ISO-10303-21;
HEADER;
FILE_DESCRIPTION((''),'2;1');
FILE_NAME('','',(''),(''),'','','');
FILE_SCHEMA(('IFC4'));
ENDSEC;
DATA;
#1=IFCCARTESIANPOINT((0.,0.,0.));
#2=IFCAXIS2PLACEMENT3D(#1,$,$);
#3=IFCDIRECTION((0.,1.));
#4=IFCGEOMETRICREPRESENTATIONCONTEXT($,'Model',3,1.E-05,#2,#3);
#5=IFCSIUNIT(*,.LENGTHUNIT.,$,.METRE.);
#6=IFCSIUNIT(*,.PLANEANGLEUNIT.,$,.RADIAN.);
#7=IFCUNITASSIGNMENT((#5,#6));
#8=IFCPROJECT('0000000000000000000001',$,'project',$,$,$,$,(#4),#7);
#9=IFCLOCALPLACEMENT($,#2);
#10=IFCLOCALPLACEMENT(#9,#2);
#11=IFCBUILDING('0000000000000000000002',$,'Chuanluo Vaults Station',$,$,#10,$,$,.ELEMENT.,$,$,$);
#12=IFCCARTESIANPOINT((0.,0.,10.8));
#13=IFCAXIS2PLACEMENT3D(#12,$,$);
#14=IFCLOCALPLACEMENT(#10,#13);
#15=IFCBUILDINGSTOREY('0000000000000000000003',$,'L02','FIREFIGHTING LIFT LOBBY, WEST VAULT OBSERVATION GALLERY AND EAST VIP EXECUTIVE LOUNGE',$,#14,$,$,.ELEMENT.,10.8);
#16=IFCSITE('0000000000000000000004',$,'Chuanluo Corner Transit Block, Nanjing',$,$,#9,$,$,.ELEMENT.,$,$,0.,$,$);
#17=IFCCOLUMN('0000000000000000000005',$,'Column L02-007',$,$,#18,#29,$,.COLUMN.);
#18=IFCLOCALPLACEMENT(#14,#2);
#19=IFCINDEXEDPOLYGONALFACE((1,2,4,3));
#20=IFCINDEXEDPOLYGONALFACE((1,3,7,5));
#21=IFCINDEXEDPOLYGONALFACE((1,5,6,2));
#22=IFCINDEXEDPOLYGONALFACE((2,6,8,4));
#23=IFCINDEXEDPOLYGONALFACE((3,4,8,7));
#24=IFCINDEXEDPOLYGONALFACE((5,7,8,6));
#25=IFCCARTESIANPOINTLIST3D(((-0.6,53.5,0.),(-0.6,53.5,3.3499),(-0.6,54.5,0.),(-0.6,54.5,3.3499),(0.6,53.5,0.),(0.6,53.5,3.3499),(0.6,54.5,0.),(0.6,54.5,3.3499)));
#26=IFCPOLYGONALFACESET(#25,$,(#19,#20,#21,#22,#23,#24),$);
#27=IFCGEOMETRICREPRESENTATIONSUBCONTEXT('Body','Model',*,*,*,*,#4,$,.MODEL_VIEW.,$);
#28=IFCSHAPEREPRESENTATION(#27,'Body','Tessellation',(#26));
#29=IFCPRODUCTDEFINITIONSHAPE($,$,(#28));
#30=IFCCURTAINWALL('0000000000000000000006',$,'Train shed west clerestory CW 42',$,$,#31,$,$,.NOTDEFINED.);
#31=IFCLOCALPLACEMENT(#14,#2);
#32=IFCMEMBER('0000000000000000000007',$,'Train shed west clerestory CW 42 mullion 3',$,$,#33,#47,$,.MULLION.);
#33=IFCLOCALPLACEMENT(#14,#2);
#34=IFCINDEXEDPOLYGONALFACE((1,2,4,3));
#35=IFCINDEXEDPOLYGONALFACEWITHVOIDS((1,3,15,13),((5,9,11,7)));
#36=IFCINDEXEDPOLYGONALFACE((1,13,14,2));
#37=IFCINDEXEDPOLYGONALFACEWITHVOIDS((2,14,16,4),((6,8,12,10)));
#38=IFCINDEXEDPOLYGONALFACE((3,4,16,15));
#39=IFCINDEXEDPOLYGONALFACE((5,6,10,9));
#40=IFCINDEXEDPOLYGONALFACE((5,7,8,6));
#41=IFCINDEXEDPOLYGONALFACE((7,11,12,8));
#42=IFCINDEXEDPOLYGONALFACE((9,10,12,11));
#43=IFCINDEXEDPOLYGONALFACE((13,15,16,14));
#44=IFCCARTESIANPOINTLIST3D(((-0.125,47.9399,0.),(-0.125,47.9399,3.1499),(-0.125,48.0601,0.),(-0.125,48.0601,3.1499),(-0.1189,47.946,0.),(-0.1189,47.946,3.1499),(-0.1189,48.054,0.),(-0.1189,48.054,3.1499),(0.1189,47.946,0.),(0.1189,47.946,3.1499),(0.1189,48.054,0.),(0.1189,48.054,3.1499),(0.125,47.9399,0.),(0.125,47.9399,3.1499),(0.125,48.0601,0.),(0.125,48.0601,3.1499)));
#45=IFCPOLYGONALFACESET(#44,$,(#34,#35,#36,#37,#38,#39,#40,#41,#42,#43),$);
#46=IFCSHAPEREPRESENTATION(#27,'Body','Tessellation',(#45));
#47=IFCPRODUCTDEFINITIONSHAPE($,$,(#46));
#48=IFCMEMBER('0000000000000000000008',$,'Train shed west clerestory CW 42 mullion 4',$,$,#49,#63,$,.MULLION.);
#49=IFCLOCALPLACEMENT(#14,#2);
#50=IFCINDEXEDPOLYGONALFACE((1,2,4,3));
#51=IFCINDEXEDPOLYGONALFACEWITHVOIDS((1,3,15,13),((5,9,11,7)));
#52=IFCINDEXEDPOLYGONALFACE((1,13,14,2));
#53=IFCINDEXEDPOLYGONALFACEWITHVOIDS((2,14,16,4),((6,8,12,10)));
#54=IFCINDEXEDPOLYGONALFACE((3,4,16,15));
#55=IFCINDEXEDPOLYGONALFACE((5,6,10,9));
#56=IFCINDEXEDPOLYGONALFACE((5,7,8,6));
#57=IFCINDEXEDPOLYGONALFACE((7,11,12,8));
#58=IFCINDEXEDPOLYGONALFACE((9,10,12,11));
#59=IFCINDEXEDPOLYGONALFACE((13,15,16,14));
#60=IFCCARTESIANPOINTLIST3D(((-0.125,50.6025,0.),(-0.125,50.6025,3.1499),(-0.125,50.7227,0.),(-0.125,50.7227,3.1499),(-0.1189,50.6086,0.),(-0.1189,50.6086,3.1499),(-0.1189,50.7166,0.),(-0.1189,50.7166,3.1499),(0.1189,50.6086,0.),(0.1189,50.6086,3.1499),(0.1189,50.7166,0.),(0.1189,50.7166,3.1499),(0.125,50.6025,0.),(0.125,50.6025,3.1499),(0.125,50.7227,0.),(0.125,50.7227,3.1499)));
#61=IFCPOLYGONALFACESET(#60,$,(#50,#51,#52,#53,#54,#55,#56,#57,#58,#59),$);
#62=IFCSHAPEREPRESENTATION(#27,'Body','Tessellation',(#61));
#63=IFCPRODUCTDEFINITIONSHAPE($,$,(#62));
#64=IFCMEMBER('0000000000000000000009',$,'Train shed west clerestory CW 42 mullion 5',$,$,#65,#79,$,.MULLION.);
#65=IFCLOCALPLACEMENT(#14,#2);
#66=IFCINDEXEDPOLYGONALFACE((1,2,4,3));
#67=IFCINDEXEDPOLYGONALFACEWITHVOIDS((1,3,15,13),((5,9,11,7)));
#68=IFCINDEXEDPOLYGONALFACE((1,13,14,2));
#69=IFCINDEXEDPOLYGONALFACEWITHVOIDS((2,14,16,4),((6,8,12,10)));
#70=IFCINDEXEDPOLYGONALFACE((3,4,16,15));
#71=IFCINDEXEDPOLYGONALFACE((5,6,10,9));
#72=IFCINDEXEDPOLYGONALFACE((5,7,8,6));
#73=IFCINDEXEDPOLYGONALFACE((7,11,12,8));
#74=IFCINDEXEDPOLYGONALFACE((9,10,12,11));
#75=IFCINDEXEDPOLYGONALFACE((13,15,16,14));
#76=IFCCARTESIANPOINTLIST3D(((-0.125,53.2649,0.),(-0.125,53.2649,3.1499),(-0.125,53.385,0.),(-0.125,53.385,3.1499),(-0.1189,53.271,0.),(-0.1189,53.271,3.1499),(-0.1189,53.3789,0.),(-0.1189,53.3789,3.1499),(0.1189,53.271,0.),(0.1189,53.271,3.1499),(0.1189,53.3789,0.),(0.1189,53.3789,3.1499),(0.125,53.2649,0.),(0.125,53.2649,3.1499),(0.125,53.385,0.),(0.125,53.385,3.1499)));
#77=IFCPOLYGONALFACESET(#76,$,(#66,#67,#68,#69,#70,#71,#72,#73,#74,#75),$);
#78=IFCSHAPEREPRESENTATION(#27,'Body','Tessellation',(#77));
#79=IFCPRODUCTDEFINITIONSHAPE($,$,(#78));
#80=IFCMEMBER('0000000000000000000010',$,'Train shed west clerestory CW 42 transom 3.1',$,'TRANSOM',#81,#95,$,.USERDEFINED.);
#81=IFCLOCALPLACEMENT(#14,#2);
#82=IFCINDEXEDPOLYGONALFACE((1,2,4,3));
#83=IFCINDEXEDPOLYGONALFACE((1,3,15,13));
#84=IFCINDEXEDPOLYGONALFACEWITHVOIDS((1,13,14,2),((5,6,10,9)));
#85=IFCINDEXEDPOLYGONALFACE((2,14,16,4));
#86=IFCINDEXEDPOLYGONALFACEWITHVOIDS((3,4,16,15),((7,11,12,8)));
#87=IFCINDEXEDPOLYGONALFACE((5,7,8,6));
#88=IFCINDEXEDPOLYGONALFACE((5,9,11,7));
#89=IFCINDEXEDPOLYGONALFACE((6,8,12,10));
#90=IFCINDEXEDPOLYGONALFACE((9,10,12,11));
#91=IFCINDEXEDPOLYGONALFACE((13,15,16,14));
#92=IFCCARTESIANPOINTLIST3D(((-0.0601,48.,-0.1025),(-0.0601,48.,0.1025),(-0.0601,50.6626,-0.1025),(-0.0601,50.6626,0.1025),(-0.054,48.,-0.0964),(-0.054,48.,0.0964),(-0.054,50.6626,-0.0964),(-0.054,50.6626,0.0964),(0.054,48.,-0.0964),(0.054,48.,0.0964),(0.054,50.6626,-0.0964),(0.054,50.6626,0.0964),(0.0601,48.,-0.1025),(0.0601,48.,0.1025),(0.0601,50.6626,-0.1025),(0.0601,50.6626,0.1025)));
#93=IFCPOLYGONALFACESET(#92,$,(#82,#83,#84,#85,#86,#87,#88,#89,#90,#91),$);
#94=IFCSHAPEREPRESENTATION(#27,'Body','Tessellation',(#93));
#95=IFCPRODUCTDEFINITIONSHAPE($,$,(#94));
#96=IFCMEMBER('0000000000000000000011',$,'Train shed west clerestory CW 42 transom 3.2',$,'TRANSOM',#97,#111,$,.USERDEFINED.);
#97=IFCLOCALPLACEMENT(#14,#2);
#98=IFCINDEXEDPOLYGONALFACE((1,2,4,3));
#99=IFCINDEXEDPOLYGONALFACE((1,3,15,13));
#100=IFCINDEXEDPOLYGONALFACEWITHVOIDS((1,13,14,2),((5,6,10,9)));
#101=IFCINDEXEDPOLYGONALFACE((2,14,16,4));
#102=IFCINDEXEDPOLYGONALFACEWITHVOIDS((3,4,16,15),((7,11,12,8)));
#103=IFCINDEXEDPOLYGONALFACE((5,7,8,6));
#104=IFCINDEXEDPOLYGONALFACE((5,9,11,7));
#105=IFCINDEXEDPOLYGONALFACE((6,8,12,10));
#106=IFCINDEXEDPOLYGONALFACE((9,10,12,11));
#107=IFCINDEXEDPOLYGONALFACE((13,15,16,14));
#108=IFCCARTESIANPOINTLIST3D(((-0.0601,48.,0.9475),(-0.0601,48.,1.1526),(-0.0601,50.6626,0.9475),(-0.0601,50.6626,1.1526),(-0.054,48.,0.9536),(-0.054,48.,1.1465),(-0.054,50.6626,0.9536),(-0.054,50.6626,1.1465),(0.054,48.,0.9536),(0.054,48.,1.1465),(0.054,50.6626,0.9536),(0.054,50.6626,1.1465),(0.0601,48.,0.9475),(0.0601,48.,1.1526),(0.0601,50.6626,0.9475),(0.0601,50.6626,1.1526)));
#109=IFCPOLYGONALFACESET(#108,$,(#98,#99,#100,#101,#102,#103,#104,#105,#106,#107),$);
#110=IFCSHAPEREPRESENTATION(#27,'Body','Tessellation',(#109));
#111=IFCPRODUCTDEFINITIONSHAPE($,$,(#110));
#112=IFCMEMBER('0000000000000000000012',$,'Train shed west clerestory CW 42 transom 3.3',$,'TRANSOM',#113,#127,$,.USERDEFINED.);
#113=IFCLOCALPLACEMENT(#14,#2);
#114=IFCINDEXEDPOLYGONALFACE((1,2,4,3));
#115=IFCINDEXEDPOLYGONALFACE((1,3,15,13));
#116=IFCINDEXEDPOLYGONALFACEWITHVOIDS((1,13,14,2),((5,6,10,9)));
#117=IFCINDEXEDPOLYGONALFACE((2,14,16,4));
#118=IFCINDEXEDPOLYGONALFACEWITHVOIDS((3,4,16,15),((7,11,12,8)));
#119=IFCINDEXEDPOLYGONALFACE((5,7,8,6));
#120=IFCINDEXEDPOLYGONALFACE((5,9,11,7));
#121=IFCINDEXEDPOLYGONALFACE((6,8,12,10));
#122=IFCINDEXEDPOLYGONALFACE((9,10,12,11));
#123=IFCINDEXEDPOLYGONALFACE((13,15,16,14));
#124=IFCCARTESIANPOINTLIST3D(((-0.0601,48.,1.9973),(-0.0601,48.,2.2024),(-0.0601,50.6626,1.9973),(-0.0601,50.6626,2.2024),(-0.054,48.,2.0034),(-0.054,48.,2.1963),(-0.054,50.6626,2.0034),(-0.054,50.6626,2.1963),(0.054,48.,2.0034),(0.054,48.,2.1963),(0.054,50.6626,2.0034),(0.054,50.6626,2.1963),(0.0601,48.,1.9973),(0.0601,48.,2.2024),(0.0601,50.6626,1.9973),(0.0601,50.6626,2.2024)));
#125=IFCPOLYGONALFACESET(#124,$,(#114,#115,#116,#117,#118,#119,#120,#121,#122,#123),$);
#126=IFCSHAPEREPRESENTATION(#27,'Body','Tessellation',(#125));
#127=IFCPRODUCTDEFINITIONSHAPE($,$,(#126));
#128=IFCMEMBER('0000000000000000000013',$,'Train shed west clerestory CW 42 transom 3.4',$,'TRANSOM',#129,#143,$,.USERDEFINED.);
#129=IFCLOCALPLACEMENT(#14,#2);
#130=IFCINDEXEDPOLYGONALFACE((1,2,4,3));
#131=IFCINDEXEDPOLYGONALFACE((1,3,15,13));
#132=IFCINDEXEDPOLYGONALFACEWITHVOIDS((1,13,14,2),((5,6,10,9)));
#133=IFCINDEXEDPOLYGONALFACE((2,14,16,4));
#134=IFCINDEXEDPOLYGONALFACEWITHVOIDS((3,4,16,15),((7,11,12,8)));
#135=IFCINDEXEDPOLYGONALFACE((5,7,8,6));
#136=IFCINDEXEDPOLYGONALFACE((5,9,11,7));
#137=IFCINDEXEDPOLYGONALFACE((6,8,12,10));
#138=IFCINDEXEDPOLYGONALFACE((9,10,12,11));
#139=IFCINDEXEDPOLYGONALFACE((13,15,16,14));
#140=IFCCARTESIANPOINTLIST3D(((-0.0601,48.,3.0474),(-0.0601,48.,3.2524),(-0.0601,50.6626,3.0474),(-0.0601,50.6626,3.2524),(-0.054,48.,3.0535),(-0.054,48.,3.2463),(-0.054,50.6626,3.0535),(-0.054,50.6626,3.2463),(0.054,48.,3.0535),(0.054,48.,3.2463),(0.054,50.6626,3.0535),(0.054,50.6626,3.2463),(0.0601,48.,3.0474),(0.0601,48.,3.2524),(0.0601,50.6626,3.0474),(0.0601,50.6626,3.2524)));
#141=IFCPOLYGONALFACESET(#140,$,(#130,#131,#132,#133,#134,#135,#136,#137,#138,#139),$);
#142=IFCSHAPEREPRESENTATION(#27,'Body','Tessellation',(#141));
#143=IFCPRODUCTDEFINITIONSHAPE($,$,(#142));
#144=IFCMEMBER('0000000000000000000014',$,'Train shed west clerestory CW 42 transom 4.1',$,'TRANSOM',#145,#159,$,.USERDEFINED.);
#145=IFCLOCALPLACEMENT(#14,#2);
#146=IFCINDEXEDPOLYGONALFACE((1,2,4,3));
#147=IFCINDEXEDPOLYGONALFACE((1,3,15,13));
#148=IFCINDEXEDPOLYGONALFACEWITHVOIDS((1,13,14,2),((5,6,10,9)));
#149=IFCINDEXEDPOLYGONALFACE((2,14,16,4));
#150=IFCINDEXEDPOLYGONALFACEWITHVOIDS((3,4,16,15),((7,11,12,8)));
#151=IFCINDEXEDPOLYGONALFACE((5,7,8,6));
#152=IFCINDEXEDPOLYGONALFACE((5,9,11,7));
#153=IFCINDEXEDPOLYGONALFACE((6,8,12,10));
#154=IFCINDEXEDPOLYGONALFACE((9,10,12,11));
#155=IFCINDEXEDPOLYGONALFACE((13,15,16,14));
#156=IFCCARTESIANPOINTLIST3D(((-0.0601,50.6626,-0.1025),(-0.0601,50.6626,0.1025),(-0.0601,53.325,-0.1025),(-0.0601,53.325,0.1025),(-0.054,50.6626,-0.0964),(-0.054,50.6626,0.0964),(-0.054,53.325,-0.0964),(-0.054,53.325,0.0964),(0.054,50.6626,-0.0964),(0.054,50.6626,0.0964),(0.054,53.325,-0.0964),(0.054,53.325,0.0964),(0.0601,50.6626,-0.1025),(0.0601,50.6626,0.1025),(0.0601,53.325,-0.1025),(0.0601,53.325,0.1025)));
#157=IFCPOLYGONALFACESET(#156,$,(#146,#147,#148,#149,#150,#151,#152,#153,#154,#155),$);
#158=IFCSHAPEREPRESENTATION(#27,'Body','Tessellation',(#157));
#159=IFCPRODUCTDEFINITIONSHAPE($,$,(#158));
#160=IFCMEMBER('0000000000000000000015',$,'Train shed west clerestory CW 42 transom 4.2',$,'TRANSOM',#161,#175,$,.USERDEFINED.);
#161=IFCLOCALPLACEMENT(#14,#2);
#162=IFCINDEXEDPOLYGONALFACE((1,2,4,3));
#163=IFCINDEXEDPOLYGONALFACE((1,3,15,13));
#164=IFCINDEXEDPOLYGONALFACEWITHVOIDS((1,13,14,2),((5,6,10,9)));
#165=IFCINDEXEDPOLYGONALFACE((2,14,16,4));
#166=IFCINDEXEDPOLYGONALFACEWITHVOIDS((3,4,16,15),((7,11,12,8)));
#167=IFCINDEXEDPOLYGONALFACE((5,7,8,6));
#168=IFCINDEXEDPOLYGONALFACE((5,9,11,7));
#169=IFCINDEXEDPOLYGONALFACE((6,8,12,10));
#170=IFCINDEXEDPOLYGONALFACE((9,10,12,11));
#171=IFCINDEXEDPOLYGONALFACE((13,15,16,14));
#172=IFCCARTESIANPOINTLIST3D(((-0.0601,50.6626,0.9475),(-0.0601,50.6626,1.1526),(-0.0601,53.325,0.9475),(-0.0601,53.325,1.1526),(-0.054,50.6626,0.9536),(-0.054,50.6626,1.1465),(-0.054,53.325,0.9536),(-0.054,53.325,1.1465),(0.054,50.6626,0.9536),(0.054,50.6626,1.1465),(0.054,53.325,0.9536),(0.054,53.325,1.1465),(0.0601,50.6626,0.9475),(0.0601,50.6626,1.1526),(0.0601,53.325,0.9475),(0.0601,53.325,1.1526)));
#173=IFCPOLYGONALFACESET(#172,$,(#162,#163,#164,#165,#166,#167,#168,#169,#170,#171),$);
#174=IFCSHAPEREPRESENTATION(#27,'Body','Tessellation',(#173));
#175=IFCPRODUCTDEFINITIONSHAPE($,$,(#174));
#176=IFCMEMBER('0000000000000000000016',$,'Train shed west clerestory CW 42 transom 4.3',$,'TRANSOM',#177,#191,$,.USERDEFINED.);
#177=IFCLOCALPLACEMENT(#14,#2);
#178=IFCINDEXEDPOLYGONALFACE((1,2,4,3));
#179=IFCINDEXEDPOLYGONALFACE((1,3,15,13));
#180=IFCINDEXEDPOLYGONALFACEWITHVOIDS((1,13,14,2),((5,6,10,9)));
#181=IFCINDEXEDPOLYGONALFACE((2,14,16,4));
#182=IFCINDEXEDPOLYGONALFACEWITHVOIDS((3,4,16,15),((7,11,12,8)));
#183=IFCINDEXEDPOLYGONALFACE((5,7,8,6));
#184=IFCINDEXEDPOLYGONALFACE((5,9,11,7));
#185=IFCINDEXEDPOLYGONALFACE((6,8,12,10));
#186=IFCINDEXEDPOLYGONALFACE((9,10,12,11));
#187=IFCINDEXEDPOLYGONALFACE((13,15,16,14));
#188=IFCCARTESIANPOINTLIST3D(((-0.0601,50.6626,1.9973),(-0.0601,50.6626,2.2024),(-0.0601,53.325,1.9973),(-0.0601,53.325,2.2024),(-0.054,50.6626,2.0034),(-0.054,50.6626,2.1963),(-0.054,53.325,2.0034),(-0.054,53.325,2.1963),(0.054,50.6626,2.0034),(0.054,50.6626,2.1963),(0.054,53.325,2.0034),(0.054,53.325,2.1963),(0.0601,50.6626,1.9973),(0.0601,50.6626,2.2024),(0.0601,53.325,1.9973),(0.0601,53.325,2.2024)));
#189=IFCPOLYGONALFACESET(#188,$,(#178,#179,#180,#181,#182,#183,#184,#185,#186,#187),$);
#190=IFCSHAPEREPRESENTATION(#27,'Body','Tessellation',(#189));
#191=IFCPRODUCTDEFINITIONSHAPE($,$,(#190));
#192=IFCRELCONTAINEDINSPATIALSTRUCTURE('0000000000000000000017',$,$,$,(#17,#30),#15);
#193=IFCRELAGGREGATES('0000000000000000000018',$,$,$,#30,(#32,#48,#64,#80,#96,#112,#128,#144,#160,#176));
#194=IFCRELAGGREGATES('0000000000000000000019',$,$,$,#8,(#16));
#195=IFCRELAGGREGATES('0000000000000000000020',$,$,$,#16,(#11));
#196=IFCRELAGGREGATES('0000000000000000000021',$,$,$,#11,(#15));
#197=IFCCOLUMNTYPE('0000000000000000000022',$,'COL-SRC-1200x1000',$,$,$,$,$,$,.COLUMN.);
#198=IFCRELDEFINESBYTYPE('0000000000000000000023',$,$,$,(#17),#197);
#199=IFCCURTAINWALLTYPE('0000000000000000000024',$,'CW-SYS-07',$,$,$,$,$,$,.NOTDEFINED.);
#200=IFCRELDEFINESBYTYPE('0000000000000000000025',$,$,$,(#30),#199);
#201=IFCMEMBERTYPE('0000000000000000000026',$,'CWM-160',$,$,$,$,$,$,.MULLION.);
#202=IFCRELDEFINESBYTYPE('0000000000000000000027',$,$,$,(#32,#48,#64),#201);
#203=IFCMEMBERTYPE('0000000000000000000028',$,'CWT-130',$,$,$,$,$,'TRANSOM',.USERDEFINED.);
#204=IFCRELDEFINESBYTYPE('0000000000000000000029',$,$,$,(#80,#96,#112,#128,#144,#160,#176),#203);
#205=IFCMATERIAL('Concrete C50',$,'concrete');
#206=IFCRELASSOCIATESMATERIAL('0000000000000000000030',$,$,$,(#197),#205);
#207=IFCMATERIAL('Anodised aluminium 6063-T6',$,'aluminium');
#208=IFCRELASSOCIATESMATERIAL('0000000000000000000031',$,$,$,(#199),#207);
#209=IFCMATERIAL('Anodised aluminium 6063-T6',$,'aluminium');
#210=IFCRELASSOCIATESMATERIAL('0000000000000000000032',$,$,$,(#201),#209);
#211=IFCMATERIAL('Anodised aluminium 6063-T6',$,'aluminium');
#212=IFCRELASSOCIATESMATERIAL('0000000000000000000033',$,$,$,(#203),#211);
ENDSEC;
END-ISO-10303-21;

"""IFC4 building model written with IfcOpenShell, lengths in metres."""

from ifc_helpers import new_model, si_unit, direction, frame, origin, origin_2d, place, context, subcontext, project, spatial, rectangle, hollow_rectangle, extrude, material, material_profile, profile_set, type_object, element, aggregate, save


model = new_model("IFC4")

# Units and contexts
model_context = context("Model", 3, precision=1e-05, world=origin(), true_north=direction((0.0, 1.0)))
body_context = subcontext(model_context, "Body", "Model", "MODEL_VIEW")
ifc_project = project(units=[si_unit("LENGTHUNIT", "METRE"), si_unit("PLANEANGLEUNIT", "RADIAN")], contexts=[model_context])

# Site, building, storey
site_placement = place(None, origin())
site = spatial("IfcSite", under=ifc_project, at=site_placement, Name="Chuanluo Corner Transit Block, Nanjing", CompositionType="ELEMENT", RefElevation=0.0)
building_placement = place(site_placement, origin())
building = spatial("IfcBuilding", under=site, at=building_placement, Name="Chuanluo Vaults Station", CompositionType="ELEMENT")
storey_placement = place(building_placement, frame((0.0, 0.0, 10.8)))
storey = spatial("IfcBuildingStorey", under=building, at=storey_placement, Name="L02", Description="FIREFIGHTING LIFT LOBBY, WEST VAULT OBSERVATION GALLERY AND EAST VIP EXECUTIVE LOUNGE", CompositionType="ELEMENT", Elevation=10.8)

# Column
ifc_material_1 = material(Name="Concrete C50", Category="concrete")
ifc_material_profile_1 = material_profile(ifc_material_1, rectangle(XDim=1.2, YDim=1.0, at=origin_2d()))
ifc_profile_set_1 = profile_set([ifc_material_profile_1], Name="Concrete C50")
column_type = type_object("IfcColumnType", Name="COL-SRC-1200x1000", PredefinedType="COLUMN", material=ifc_profile_set_1)
column_placement = place(storey_placement, frame((0.0, 54.0, 0.0), z_axis=(0.0, 0.0, 1.0), x_axis=(1.0, 0.0, 0.0)))
element("IfcColumn", 1, at=column_placement, inside=storey, type_object=column_type, Name="Column L02-007", PredefinedType="COLUMN", context=body_context, shape_type="SweptSolid", body=[
    extrude(rectangle(XDim=1.2, YDim=1.0, at=origin_2d()), origin(), (0.0, 0.0, 1.0), 3.3499),
])

# Curtain wall, members
ifc_material_2 = material(Name="Anodised aluminium 6063-T6", Category="aluminium")
curtain_wall_type = type_object("IfcCurtainWallType", Name="CW-SYS-07", PredefinedType="NOTDEFINED", material=ifc_material_2)
curtain_wall_placement = place(storey_placement, origin())
curtain_wall = element("IfcCurtainWall", 2, at=curtain_wall_placement, inside=storey, type_object=curtain_wall_type, Name="Train shed west clerestory CW 42", PredefinedType="NOTDEFINED")
ifc_material_3 = material(Name="Anodised aluminium 6063-T6", Category="aluminium")
ifc_material_profile_2 = material_profile(ifc_material_3, hollow_rectangle(XDim=0.1201, YDim=0.25, WallThickness=0.0061, at=origin_2d()))
ifc_profile_set_2 = profile_set([ifc_material_profile_2], Name="Anodised aluminium 6063-T6")
member_type_1 = type_object("IfcMemberType", Name="CWM-160", PredefinedType="MULLION", material=ifc_profile_set_2)
member_1_placement = place(storey_placement, frame((0.0, 48.0, 0.0), z_axis=(0.0, 0.0, 1.0), x_axis=(0.0, 1.0, 0.0)))
member_1 = element("IfcMember", 3, at=member_1_placement, type_object=member_type_1, Name="Train shed west clerestory CW 42 mullion 3", PredefinedType="MULLION", context=body_context, shape_type="SweptSolid", body=[
    extrude(hollow_rectangle(XDim=0.1201, YDim=0.25, WallThickness=0.0061, at=origin_2d()), origin(), (0.0, 0.0, 1.0), 3.1499),
])
member_2_placement = place(storey_placement, frame((0.0, 50.6626, 0.0), z_axis=(0.0, 0.0, 1.0), x_axis=(0.0, 1.0, 0.0)))
member_2 = element("IfcMember", 4, at=member_2_placement, type_object=member_type_1, Name="Train shed west clerestory CW 42 mullion 4", PredefinedType="MULLION", context=body_context, shape_type="SweptSolid", body=[
    extrude(hollow_rectangle(XDim=0.1201, YDim=0.25, WallThickness=0.0061, at=origin_2d()), origin(), (0.0, 0.0, 1.0), 3.1499),
])
member_3_placement = place(storey_placement, frame((0.0, 53.325, 0.0), z_axis=(0.0, 0.0, 1.0), x_axis=(0.0, 1.0, 0.0)))
member_3 = element("IfcMember", 5, at=member_3_placement, type_object=member_type_1, Name="Train shed west clerestory CW 42 mullion 5", PredefinedType="MULLION", context=body_context, shape_type="SweptSolid", body=[
    extrude(hollow_rectangle(XDim=0.1201, YDim=0.25, WallThickness=0.0061, at=origin_2d()), origin(), (0.0, 0.0, 1.0), 3.1499),
])
ifc_material_4 = material(Name="Anodised aluminium 6063-T6", Category="aluminium")
ifc_material_profile_3 = material_profile(ifc_material_4, hollow_rectangle(XDim=0.1201, YDim=0.2051, WallThickness=0.0061, at=origin_2d()))
ifc_profile_set_3 = profile_set([ifc_material_profile_3], Name="Anodised aluminium 6063-T6")
member_type_2 = type_object("IfcMemberType", Name="CWT-130", ElementType="TRANSOM", PredefinedType="USERDEFINED", material=ifc_profile_set_3)
member_4_placement = place(storey_placement, frame((0.0, 48.0, 0.0), z_axis=(0.0, 1.0, 0.0), x_axis=(-1.0, 0.0, 0.0)))
member_4 = element("IfcMember", 6, at=member_4_placement, type_object=member_type_2, Name="Train shed west clerestory CW 42 transom 3.1", ObjectType="TRANSOM", PredefinedType="USERDEFINED", context=body_context, shape_type="SweptSolid", body=[
    extrude(hollow_rectangle(XDim=0.1201, YDim=0.2051, WallThickness=0.0061, at=origin_2d()), origin(), (0.0, 0.0, 1.0), 2.6626),
])
member_5_placement = place(storey_placement, frame((0.0, 48.0, 1.05), z_axis=(0.0, 1.0, 0.0), x_axis=(-1.0, 0.0, 0.0)))
member_5 = element("IfcMember", 7, at=member_5_placement, type_object=member_type_2, Name="Train shed west clerestory CW 42 transom 3.2", ObjectType="TRANSOM", PredefinedType="USERDEFINED", context=body_context, shape_type="SweptSolid", body=[
    extrude(hollow_rectangle(XDim=0.1201, YDim=0.2051, WallThickness=0.0061, at=origin_2d()), origin(), (0.0, 0.0, 1.0), 2.6626),
])
member_6_placement = place(storey_placement, frame((0.0, 48.0, 2.0999), z_axis=(0.0, 1.0, 0.0), x_axis=(-1.0, 0.0, 0.0)))
member_6 = element("IfcMember", 8, at=member_6_placement, type_object=member_type_2, Name="Train shed west clerestory CW 42 transom 3.3", ObjectType="TRANSOM", PredefinedType="USERDEFINED", context=body_context, shape_type="SweptSolid", body=[
    extrude(hollow_rectangle(XDim=0.1201, YDim=0.2051, WallThickness=0.0061, at=origin_2d()), origin(), (0.0, 0.0, 1.0), 2.6626),
])
member_7_placement = place(storey_placement, frame((0.0, 48.0, 3.1499), z_axis=(0.0, 1.0, 0.0), x_axis=(-1.0, 0.0, 0.0)))
member_7 = element("IfcMember", 9, at=member_7_placement, type_object=member_type_2, Name="Train shed west clerestory CW 42 transom 3.4", ObjectType="TRANSOM", PredefinedType="USERDEFINED", context=body_context, shape_type="SweptSolid", body=[
    extrude(hollow_rectangle(XDim=0.1201, YDim=0.2051, WallThickness=0.0061, at=origin_2d()), origin(), (0.0, 0.0, 1.0), 2.6626),
])
member_8_placement = place(storey_placement, frame((0.0, 50.6626, 0.0), z_axis=(0.0, 1.0, 0.0), x_axis=(-1.0, 0.0, 0.0)))
member_8 = element("IfcMember", 10, at=member_8_placement, type_object=member_type_2, Name="Train shed west clerestory CW 42 transom 4.1", ObjectType="TRANSOM", PredefinedType="USERDEFINED", context=body_context, shape_type="SweptSolid", body=[
    extrude(hollow_rectangle(XDim=0.1201, YDim=0.2051, WallThickness=0.0061, at=origin_2d()), origin(), (0.0, 0.0, 1.0), 2.6624),
])
member_9_placement = place(storey_placement, frame((0.0, 50.6626, 1.05), z_axis=(0.0, 1.0, 0.0), x_axis=(-1.0, 0.0, 0.0)))
member_9 = element("IfcMember", 11, at=member_9_placement, type_object=member_type_2, Name="Train shed west clerestory CW 42 transom 4.2", ObjectType="TRANSOM", PredefinedType="USERDEFINED", context=body_context, shape_type="SweptSolid", body=[
    extrude(hollow_rectangle(XDim=0.1201, YDim=0.2051, WallThickness=0.0061, at=origin_2d()), origin(), (0.0, 0.0, 1.0), 2.6624),
])
member_10_placement = place(storey_placement, frame((0.0, 50.6626, 2.0999), z_axis=(0.0, 1.0, 0.0), x_axis=(-1.0, 0.0, 0.0)))
member_10 = element("IfcMember", 12, at=member_10_placement, type_object=member_type_2, Name="Train shed west clerestory CW 42 transom 4.3", ObjectType="TRANSOM", PredefinedType="USERDEFINED", context=body_context, shape_type="SweptSolid", body=[
    extrude(hollow_rectangle(XDim=0.1201, YDim=0.2051, WallThickness=0.0061, at=origin_2d()), origin(), (0.0, 0.0, 1.0), 2.6624),
])
aggregate(curtain_wall, [member_1, member_2, member_3, member_4, member_5, member_6, member_7, member_8, member_9, member_10])

save(model, "model.ifc")
